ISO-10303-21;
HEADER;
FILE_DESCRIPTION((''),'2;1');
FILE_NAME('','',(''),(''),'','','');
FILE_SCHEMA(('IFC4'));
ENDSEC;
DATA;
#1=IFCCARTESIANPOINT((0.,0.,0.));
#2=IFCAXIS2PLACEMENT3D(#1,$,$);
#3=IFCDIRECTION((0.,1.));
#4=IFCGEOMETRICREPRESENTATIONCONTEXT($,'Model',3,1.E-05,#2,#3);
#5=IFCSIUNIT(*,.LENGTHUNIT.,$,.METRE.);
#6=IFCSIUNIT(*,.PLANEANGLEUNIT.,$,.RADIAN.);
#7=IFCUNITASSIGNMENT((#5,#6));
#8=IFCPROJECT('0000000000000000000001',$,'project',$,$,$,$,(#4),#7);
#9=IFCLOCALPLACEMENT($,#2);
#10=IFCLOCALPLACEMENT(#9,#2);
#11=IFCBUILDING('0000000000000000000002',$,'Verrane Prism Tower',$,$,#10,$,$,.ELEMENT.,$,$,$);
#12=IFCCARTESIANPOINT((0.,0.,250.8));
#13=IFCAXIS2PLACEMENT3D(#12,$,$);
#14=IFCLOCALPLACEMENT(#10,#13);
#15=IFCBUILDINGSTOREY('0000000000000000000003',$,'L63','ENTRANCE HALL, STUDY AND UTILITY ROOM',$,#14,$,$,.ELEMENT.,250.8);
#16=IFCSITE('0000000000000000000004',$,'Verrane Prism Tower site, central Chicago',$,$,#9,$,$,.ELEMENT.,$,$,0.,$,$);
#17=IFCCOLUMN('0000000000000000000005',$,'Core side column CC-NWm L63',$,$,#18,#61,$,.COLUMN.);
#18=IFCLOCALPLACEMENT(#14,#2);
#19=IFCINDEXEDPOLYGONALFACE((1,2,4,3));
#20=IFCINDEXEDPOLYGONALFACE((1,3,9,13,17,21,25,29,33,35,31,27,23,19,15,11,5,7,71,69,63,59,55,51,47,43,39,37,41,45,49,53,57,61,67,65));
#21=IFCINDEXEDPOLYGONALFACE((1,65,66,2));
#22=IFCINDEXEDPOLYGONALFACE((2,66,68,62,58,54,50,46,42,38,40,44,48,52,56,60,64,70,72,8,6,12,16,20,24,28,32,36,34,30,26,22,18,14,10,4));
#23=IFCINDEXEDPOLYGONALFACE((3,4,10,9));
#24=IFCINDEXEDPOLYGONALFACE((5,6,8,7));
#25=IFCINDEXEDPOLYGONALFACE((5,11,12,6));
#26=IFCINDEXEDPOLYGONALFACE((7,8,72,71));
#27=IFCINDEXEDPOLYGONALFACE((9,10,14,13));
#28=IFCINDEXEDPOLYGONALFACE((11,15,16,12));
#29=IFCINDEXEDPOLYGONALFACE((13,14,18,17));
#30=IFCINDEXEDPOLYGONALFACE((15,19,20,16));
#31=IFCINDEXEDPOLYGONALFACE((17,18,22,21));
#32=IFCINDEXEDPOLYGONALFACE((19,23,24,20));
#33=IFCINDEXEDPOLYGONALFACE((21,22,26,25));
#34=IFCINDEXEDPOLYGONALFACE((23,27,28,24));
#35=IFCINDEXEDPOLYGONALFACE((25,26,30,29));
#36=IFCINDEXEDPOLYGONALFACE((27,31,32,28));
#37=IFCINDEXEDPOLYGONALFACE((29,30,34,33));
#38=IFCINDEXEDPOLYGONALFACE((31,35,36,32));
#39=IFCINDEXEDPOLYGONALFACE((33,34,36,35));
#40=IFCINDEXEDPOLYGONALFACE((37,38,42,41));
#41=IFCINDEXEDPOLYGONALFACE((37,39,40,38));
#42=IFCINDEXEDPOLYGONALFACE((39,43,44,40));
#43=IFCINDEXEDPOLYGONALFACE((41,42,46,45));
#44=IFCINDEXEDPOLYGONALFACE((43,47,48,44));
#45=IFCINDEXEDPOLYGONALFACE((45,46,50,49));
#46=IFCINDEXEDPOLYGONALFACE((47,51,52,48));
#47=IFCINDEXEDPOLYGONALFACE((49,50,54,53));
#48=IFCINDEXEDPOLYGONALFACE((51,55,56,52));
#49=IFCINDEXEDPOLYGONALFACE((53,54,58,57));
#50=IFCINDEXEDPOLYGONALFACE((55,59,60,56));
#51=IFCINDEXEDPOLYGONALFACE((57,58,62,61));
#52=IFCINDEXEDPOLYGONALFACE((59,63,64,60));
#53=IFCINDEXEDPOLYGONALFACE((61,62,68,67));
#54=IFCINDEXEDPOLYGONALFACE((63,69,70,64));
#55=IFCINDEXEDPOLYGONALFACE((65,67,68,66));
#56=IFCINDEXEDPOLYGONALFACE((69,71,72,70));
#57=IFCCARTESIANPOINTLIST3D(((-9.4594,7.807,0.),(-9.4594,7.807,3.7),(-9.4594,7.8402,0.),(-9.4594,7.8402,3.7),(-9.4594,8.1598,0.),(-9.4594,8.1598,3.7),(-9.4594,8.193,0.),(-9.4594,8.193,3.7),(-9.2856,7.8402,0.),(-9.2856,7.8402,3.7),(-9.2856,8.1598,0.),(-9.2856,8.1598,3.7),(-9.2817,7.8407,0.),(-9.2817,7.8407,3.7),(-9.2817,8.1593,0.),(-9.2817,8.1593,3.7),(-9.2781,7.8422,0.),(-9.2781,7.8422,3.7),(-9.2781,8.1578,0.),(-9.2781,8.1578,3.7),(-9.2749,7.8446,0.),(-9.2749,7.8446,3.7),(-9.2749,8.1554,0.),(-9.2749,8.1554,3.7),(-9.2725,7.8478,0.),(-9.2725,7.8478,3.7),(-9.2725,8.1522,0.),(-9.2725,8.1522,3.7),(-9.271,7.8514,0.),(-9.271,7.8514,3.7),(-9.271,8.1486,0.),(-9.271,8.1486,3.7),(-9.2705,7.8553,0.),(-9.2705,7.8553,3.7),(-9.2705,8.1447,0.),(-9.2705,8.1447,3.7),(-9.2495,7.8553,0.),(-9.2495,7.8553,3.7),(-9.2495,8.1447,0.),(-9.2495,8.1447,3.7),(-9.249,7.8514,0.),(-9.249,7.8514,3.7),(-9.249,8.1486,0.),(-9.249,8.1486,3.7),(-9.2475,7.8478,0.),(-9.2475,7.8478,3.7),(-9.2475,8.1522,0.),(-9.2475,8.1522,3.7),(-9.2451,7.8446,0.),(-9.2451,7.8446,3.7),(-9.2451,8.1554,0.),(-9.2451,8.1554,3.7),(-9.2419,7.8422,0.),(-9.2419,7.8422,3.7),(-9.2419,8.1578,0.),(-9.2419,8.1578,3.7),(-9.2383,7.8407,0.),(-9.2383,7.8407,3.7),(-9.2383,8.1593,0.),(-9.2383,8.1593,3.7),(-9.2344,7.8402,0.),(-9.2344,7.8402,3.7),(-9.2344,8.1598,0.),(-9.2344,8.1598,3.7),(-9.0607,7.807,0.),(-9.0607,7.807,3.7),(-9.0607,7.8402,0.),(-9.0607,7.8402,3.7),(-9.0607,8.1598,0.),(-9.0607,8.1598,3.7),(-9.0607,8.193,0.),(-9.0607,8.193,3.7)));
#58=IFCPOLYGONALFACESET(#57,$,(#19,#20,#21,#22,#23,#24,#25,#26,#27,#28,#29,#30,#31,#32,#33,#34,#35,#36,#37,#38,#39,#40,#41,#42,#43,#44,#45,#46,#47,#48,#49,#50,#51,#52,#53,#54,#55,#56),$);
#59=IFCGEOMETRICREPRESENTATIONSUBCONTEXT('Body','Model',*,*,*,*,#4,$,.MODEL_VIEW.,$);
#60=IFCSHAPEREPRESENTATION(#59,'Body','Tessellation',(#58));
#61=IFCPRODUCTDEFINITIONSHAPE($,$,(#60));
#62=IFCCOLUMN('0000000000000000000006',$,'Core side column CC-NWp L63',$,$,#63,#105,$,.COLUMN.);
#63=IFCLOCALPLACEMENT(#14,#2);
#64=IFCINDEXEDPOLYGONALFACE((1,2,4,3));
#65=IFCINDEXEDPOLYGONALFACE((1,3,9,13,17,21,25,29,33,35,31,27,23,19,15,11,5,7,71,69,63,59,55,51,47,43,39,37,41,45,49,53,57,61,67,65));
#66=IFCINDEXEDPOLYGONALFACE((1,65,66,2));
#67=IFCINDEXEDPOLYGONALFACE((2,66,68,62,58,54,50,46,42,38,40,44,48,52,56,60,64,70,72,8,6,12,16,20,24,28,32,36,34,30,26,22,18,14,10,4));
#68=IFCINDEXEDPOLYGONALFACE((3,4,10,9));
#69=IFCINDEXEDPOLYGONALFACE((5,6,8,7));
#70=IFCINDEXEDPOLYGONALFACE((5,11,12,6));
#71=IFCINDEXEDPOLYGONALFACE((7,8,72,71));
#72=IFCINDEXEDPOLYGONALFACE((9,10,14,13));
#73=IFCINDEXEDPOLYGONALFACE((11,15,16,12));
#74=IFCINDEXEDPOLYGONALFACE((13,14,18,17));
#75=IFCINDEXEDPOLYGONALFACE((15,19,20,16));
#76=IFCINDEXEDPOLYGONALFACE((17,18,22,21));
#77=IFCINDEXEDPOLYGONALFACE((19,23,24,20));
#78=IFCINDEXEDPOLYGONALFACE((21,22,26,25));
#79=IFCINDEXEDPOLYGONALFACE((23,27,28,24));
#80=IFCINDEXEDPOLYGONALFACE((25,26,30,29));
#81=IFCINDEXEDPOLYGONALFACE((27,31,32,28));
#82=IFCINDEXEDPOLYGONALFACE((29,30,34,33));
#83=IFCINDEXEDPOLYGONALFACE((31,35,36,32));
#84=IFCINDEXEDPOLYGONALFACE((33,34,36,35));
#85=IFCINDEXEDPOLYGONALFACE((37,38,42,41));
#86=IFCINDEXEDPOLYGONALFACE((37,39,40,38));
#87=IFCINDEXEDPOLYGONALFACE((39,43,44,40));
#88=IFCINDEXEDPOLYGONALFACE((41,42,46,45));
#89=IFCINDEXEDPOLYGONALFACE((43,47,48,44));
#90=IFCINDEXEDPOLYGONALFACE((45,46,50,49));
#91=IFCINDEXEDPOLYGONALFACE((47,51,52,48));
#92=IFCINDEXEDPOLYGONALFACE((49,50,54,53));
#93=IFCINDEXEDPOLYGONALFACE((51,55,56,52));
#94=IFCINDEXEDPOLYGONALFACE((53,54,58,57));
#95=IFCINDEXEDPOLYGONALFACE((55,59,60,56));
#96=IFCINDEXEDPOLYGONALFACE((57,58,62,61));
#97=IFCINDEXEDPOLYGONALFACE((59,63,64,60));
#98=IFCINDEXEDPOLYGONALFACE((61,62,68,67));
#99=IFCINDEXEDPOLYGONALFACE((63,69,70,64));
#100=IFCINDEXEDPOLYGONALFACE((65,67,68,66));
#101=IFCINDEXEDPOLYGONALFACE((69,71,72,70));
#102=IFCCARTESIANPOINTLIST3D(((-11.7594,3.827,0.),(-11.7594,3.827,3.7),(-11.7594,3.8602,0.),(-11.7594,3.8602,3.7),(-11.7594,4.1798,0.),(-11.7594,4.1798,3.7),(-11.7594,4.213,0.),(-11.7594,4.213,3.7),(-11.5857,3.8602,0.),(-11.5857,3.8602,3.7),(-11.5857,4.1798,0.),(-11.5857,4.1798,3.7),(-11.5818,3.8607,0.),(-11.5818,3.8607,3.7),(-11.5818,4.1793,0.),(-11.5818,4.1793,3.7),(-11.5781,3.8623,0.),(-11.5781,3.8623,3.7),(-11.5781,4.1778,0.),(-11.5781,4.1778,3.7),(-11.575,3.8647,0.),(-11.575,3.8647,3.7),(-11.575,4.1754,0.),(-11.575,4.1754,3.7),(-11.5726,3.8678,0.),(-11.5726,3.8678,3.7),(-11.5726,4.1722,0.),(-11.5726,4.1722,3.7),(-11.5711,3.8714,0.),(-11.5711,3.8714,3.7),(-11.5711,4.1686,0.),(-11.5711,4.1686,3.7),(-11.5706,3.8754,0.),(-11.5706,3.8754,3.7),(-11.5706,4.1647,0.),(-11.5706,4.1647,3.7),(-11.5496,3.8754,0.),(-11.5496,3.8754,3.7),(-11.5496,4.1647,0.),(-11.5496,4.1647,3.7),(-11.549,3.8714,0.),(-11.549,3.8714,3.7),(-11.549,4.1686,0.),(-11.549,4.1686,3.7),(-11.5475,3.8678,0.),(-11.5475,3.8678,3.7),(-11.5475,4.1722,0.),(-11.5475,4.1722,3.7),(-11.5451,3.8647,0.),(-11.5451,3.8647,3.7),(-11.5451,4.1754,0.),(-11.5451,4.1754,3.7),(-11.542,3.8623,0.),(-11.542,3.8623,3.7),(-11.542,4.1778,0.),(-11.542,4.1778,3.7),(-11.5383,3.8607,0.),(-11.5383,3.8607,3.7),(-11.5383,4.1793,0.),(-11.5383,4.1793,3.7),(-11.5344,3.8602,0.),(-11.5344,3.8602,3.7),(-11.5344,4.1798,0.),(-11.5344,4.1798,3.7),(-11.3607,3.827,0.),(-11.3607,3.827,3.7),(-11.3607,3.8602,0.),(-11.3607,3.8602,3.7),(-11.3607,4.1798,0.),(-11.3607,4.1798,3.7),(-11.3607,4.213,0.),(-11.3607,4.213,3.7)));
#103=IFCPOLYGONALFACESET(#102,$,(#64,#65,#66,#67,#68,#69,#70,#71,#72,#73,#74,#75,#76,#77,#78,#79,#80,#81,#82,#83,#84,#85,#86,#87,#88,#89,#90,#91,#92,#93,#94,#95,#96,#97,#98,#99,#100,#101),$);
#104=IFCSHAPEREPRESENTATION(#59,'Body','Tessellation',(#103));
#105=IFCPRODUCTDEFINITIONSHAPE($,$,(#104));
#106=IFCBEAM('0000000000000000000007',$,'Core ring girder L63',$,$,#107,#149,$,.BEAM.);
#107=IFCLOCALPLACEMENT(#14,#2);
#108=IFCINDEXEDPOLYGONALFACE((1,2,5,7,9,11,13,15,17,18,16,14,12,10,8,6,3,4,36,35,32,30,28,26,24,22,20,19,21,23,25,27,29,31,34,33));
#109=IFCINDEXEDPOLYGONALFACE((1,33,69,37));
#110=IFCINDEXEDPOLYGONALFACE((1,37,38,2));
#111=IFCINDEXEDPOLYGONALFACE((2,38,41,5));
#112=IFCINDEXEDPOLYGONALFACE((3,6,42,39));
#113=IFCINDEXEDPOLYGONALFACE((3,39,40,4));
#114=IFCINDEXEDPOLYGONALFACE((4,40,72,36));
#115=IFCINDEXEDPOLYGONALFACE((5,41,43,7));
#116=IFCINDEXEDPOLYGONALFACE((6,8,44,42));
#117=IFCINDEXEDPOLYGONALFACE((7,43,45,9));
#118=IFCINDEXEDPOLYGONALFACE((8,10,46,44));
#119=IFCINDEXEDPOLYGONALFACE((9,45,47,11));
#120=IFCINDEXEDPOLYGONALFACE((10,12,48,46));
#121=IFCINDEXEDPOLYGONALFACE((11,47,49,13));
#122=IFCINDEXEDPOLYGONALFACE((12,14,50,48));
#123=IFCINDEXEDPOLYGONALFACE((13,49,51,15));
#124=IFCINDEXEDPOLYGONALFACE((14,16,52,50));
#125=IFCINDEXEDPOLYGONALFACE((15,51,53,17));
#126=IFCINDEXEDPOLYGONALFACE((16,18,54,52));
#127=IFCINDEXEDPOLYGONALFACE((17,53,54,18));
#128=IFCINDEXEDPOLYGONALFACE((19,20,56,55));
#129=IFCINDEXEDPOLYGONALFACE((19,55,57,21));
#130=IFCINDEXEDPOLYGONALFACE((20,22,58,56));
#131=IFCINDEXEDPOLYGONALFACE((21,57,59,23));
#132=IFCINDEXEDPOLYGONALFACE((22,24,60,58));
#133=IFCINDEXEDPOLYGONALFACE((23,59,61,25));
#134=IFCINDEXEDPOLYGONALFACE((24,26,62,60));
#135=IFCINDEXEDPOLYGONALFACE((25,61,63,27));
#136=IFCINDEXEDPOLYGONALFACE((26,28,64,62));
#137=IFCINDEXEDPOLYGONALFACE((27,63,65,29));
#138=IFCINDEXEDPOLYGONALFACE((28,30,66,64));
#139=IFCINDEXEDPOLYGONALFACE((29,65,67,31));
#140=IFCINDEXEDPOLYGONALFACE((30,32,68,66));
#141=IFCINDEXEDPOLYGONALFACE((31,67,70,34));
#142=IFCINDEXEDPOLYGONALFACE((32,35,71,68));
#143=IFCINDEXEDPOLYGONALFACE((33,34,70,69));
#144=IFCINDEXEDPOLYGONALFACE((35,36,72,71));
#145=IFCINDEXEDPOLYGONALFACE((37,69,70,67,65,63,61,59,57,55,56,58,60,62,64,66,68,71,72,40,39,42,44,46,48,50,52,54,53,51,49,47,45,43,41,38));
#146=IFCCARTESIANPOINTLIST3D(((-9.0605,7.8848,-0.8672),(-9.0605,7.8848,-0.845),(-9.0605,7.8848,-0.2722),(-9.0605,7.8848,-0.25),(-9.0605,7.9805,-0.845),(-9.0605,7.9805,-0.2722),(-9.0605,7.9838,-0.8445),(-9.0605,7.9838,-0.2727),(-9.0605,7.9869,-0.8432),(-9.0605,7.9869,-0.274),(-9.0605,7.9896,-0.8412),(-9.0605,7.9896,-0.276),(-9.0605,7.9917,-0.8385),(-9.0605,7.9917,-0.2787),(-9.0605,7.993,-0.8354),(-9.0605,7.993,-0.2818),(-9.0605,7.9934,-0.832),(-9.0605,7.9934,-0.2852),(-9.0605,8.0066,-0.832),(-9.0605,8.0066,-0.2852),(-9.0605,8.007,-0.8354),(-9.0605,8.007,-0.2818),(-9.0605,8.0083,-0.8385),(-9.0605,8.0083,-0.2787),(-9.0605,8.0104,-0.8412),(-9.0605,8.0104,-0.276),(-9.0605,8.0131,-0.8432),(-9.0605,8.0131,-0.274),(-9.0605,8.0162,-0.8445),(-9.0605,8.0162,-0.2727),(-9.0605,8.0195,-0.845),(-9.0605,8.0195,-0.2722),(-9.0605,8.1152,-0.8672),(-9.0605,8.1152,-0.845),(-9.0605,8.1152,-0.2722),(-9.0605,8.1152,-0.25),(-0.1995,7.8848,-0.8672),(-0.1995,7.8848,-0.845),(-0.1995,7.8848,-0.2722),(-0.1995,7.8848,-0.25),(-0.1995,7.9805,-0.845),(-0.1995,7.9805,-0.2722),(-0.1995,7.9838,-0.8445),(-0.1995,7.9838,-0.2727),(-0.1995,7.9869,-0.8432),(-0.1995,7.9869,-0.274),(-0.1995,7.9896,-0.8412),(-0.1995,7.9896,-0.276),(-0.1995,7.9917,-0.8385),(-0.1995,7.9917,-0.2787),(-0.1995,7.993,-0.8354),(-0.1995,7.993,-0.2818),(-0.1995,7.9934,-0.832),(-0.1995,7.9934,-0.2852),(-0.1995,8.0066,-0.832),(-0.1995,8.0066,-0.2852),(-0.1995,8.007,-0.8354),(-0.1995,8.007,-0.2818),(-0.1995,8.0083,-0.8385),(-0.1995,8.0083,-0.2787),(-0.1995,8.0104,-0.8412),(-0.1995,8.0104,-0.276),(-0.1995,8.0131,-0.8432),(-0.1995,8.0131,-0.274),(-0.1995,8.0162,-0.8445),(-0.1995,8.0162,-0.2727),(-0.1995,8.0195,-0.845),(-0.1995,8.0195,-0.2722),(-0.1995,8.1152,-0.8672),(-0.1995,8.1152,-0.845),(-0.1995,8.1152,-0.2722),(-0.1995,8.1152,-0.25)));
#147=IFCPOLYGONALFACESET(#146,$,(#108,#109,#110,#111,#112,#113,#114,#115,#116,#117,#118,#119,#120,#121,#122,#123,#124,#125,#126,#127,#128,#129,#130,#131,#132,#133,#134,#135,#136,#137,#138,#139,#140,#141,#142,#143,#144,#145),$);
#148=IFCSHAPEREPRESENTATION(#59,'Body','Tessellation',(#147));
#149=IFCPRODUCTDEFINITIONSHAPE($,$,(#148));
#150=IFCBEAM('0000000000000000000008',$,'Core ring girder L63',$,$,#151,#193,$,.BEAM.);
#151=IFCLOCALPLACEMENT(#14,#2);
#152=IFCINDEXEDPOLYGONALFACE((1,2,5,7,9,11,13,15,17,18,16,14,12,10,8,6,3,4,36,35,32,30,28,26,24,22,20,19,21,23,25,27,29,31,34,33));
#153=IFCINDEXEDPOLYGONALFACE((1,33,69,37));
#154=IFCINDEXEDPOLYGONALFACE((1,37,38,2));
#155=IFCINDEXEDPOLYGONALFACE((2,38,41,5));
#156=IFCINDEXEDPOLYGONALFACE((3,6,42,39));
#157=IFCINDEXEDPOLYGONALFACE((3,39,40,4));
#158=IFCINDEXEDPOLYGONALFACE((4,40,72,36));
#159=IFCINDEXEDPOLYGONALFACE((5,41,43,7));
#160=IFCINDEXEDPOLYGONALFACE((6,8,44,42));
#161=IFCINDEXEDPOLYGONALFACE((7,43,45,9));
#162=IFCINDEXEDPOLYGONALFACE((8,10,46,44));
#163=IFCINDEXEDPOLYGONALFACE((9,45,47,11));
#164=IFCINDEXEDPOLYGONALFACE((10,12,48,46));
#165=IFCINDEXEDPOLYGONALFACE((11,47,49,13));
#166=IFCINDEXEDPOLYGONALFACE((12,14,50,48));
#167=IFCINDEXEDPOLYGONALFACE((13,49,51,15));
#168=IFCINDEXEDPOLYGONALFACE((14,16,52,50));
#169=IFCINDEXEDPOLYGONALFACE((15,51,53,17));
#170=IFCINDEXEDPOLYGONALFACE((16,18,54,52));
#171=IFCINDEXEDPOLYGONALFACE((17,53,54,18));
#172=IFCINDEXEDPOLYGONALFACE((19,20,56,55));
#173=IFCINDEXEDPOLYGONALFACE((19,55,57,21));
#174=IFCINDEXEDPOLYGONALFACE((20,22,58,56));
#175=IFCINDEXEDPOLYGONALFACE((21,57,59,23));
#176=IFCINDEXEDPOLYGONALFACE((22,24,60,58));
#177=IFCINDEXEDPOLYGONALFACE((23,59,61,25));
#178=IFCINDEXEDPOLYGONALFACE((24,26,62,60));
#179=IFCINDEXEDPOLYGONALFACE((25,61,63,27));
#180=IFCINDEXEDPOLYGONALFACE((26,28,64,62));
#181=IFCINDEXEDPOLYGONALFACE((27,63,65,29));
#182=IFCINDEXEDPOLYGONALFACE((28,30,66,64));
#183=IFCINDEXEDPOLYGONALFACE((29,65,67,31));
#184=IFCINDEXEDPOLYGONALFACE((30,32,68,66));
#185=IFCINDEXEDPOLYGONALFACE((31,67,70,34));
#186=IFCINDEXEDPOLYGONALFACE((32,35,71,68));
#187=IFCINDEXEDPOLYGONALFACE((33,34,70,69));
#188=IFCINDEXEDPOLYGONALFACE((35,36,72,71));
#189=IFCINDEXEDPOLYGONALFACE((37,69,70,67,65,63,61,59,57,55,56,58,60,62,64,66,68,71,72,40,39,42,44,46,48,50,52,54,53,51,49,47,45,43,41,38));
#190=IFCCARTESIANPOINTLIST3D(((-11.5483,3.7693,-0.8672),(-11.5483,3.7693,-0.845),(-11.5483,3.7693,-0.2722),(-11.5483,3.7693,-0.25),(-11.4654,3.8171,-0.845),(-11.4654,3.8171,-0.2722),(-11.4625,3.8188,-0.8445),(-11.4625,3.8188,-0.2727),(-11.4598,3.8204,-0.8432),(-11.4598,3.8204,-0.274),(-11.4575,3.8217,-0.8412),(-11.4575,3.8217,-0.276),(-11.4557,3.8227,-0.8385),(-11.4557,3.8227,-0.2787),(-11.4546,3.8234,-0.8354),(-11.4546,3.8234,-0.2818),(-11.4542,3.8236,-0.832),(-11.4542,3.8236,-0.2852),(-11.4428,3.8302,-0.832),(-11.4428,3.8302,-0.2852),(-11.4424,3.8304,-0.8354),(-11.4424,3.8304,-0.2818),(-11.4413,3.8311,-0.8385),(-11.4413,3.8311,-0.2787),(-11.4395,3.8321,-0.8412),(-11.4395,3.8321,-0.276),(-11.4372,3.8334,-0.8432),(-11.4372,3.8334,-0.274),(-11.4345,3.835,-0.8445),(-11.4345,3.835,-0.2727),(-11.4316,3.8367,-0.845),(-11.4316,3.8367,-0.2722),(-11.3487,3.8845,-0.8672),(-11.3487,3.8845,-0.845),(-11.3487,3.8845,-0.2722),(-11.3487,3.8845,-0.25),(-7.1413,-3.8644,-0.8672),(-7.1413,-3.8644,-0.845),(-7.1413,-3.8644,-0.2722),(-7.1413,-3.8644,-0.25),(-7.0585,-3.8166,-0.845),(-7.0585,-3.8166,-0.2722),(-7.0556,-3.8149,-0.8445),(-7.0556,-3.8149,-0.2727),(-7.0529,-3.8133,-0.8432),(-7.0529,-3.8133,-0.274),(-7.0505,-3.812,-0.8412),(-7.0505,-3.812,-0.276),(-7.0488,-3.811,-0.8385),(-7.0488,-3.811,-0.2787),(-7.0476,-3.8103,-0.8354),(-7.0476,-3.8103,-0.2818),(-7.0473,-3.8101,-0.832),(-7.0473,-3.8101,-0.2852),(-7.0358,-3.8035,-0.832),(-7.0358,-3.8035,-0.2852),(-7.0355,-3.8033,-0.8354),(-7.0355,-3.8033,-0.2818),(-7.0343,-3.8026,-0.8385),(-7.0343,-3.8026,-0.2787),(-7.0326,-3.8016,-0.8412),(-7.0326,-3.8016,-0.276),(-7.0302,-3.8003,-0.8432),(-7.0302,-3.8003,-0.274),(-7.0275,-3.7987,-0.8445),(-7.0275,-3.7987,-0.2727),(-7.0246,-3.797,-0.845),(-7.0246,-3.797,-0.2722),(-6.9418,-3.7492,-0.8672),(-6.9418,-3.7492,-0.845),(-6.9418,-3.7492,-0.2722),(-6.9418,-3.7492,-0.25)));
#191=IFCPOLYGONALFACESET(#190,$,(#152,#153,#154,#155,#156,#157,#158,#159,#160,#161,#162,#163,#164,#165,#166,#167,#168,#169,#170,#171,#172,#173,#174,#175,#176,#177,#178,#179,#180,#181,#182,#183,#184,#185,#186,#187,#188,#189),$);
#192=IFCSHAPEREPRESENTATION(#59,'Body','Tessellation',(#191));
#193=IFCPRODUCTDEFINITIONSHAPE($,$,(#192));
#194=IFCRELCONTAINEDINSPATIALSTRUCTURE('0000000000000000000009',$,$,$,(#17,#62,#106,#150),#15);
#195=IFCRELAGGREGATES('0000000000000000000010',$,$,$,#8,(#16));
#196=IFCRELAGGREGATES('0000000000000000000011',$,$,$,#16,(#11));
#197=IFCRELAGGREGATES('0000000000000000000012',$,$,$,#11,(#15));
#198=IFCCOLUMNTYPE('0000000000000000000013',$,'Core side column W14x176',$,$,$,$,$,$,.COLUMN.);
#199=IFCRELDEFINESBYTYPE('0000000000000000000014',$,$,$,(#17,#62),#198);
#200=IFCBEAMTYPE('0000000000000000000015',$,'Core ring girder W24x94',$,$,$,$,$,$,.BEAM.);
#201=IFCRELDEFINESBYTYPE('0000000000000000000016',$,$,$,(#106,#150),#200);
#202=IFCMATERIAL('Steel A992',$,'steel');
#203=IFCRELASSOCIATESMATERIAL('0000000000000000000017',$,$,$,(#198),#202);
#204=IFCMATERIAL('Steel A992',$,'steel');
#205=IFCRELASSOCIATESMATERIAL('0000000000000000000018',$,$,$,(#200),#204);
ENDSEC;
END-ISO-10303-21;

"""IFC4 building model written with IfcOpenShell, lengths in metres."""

from ifc_helpers import new_model, si_unit, direction, frame, origin, origin_2d, place, context, subcontext, project, spatial, i_section, extrude, material, material_profile, profile_set, type_object, element, save


model = new_model("IFC4")

# Units and contexts
model_context = context("Model", 3, precision=1e-05, world=origin(), true_north=direction((0.0, 1.0)))
body_context = subcontext(model_context, "Body", "Model", "MODEL_VIEW")
ifc_project = project(units=[si_unit("LENGTHUNIT", "METRE"), si_unit("PLANEANGLEUNIT", "RADIAN")], contexts=[model_context])

# Site, building, storey
site_placement = place(None, origin())
site = spatial("IfcSite", under=ifc_project, at=site_placement, Name="Verrane Prism Tower site, central Chicago", CompositionType="ELEMENT", RefElevation=0.0)
building_placement = place(site_placement, origin())
building = spatial("IfcBuilding", under=site, at=building_placement, Name="Verrane Prism Tower", CompositionType="ELEMENT")
storey_placement = place(building_placement, frame((0.0, 0.0, 250.8)))
storey = spatial("IfcBuildingStorey", under=building, at=storey_placement, Name="L63", Description="ENTRANCE HALL, STUDY AND UTILITY ROOM", CompositionType="ELEMENT", Elevation=250.8)

# Columns
ifc_material_1 = material(Name="Steel A992", Category="steel")
ifc_material_profile_1 = material_profile(ifc_material_1, i_section(OverallWidth=0.3987, OverallDepth=0.386, WebThickness=0.021, FlangeThickness=0.0332, FilletRadius=0.0151, at=origin_2d()), Name="W14x176")
ifc_profile_set_1 = profile_set([ifc_material_profile_1], Name="Steel A992")
column_type = type_object("IfcColumnType", Name="Core side column W14x176", PredefinedType="COLUMN", material=ifc_profile_set_1)
for number, where, z_axis, x_axis, name in (
    (1, (-9.26, 8.0, 0.0), (0.0, 0.0, 1.0), (1.0, 0.0, 0.0), "Core side column CC-NWm L63"),
    (2, (-11.5601, 4.02, 0.0), (0.0, 0.0, 1.0), (1.0, 0.0, 0.0), "Core side column CC-NWp L63"),
):
    element("IfcColumn", number, at=place(storey_placement, frame(where, z_axis=z_axis, x_axis=x_axis)), inside=storey, type_object=column_type, Name=name, PredefinedType="COLUMN", context=body_context, shape_type="SweptSolid", body=[
        extrude(i_section(OverallWidth=0.3987, OverallDepth=0.386, WebThickness=0.021, FlangeThickness=0.0332, FilletRadius=0.0151, at=origin_2d()), origin(), (0.0, 0.0, 1.0), 3.7),
    ])

# Beams
ifc_material_2 = material(Name="Steel A992", Category="steel")
ifc_material_profile_2 = material_profile(ifc_material_2, i_section(OverallWidth=0.2305, OverallDepth=0.6172, WebThickness=0.0132, FlangeThickness=0.0222, FilletRadius=0.0129, at=origin_2d()), Name="W24x94")
ifc_profile_set_2 = profile_set([ifc_material_profile_2], Name="Steel A992")
beam_type = type_object("IfcBeamType", Name="Core ring girder W24x94", PredefinedType="BEAM", material=ifc_profile_set_2)
beam_1_placement = place(storey_placement, frame((-0.1995, 8.0, -0.5586), z_axis=(-1.0, 0.0, 0.0), x_axis=(0.0, -1.0, 0.0)))
element("IfcBeam", 3, at=beam_1_placement, inside=storey, type_object=beam_type, Name="Core ring girder L63", PredefinedType="BEAM", context=body_context, shape_type="SweptSolid", body=[
    extrude(i_section(OverallWidth=0.2305, OverallDepth=0.6172, WebThickness=0.0132, FlangeThickness=0.0222, FilletRadius=0.0129, at=origin_2d()), origin(), (0.0, 0.0, 1.0), 8.8611),
])
beam_2_placement = place(storey_placement, frame((-11.4485, 3.8269, -0.5586), z_axis=(0.499967, -0.866044, 0.0), x_axis=(0.866044, 0.499967, 0.0)))
element("IfcBeam", 4, at=beam_2_placement, inside=storey, type_object=beam_type, Name="Core ring girder L63", PredefinedType="BEAM", context=body_context, shape_type="SweptSolid", body=[
    extrude(i_section(OverallWidth=0.2305, OverallDepth=0.6172, WebThickness=0.0132, FlangeThickness=0.0222, FilletRadius=0.0129, at=origin_2d()), origin(), (0.0, 0.0, 1.0), 8.8145),
])

save(model, "model.ifc")
